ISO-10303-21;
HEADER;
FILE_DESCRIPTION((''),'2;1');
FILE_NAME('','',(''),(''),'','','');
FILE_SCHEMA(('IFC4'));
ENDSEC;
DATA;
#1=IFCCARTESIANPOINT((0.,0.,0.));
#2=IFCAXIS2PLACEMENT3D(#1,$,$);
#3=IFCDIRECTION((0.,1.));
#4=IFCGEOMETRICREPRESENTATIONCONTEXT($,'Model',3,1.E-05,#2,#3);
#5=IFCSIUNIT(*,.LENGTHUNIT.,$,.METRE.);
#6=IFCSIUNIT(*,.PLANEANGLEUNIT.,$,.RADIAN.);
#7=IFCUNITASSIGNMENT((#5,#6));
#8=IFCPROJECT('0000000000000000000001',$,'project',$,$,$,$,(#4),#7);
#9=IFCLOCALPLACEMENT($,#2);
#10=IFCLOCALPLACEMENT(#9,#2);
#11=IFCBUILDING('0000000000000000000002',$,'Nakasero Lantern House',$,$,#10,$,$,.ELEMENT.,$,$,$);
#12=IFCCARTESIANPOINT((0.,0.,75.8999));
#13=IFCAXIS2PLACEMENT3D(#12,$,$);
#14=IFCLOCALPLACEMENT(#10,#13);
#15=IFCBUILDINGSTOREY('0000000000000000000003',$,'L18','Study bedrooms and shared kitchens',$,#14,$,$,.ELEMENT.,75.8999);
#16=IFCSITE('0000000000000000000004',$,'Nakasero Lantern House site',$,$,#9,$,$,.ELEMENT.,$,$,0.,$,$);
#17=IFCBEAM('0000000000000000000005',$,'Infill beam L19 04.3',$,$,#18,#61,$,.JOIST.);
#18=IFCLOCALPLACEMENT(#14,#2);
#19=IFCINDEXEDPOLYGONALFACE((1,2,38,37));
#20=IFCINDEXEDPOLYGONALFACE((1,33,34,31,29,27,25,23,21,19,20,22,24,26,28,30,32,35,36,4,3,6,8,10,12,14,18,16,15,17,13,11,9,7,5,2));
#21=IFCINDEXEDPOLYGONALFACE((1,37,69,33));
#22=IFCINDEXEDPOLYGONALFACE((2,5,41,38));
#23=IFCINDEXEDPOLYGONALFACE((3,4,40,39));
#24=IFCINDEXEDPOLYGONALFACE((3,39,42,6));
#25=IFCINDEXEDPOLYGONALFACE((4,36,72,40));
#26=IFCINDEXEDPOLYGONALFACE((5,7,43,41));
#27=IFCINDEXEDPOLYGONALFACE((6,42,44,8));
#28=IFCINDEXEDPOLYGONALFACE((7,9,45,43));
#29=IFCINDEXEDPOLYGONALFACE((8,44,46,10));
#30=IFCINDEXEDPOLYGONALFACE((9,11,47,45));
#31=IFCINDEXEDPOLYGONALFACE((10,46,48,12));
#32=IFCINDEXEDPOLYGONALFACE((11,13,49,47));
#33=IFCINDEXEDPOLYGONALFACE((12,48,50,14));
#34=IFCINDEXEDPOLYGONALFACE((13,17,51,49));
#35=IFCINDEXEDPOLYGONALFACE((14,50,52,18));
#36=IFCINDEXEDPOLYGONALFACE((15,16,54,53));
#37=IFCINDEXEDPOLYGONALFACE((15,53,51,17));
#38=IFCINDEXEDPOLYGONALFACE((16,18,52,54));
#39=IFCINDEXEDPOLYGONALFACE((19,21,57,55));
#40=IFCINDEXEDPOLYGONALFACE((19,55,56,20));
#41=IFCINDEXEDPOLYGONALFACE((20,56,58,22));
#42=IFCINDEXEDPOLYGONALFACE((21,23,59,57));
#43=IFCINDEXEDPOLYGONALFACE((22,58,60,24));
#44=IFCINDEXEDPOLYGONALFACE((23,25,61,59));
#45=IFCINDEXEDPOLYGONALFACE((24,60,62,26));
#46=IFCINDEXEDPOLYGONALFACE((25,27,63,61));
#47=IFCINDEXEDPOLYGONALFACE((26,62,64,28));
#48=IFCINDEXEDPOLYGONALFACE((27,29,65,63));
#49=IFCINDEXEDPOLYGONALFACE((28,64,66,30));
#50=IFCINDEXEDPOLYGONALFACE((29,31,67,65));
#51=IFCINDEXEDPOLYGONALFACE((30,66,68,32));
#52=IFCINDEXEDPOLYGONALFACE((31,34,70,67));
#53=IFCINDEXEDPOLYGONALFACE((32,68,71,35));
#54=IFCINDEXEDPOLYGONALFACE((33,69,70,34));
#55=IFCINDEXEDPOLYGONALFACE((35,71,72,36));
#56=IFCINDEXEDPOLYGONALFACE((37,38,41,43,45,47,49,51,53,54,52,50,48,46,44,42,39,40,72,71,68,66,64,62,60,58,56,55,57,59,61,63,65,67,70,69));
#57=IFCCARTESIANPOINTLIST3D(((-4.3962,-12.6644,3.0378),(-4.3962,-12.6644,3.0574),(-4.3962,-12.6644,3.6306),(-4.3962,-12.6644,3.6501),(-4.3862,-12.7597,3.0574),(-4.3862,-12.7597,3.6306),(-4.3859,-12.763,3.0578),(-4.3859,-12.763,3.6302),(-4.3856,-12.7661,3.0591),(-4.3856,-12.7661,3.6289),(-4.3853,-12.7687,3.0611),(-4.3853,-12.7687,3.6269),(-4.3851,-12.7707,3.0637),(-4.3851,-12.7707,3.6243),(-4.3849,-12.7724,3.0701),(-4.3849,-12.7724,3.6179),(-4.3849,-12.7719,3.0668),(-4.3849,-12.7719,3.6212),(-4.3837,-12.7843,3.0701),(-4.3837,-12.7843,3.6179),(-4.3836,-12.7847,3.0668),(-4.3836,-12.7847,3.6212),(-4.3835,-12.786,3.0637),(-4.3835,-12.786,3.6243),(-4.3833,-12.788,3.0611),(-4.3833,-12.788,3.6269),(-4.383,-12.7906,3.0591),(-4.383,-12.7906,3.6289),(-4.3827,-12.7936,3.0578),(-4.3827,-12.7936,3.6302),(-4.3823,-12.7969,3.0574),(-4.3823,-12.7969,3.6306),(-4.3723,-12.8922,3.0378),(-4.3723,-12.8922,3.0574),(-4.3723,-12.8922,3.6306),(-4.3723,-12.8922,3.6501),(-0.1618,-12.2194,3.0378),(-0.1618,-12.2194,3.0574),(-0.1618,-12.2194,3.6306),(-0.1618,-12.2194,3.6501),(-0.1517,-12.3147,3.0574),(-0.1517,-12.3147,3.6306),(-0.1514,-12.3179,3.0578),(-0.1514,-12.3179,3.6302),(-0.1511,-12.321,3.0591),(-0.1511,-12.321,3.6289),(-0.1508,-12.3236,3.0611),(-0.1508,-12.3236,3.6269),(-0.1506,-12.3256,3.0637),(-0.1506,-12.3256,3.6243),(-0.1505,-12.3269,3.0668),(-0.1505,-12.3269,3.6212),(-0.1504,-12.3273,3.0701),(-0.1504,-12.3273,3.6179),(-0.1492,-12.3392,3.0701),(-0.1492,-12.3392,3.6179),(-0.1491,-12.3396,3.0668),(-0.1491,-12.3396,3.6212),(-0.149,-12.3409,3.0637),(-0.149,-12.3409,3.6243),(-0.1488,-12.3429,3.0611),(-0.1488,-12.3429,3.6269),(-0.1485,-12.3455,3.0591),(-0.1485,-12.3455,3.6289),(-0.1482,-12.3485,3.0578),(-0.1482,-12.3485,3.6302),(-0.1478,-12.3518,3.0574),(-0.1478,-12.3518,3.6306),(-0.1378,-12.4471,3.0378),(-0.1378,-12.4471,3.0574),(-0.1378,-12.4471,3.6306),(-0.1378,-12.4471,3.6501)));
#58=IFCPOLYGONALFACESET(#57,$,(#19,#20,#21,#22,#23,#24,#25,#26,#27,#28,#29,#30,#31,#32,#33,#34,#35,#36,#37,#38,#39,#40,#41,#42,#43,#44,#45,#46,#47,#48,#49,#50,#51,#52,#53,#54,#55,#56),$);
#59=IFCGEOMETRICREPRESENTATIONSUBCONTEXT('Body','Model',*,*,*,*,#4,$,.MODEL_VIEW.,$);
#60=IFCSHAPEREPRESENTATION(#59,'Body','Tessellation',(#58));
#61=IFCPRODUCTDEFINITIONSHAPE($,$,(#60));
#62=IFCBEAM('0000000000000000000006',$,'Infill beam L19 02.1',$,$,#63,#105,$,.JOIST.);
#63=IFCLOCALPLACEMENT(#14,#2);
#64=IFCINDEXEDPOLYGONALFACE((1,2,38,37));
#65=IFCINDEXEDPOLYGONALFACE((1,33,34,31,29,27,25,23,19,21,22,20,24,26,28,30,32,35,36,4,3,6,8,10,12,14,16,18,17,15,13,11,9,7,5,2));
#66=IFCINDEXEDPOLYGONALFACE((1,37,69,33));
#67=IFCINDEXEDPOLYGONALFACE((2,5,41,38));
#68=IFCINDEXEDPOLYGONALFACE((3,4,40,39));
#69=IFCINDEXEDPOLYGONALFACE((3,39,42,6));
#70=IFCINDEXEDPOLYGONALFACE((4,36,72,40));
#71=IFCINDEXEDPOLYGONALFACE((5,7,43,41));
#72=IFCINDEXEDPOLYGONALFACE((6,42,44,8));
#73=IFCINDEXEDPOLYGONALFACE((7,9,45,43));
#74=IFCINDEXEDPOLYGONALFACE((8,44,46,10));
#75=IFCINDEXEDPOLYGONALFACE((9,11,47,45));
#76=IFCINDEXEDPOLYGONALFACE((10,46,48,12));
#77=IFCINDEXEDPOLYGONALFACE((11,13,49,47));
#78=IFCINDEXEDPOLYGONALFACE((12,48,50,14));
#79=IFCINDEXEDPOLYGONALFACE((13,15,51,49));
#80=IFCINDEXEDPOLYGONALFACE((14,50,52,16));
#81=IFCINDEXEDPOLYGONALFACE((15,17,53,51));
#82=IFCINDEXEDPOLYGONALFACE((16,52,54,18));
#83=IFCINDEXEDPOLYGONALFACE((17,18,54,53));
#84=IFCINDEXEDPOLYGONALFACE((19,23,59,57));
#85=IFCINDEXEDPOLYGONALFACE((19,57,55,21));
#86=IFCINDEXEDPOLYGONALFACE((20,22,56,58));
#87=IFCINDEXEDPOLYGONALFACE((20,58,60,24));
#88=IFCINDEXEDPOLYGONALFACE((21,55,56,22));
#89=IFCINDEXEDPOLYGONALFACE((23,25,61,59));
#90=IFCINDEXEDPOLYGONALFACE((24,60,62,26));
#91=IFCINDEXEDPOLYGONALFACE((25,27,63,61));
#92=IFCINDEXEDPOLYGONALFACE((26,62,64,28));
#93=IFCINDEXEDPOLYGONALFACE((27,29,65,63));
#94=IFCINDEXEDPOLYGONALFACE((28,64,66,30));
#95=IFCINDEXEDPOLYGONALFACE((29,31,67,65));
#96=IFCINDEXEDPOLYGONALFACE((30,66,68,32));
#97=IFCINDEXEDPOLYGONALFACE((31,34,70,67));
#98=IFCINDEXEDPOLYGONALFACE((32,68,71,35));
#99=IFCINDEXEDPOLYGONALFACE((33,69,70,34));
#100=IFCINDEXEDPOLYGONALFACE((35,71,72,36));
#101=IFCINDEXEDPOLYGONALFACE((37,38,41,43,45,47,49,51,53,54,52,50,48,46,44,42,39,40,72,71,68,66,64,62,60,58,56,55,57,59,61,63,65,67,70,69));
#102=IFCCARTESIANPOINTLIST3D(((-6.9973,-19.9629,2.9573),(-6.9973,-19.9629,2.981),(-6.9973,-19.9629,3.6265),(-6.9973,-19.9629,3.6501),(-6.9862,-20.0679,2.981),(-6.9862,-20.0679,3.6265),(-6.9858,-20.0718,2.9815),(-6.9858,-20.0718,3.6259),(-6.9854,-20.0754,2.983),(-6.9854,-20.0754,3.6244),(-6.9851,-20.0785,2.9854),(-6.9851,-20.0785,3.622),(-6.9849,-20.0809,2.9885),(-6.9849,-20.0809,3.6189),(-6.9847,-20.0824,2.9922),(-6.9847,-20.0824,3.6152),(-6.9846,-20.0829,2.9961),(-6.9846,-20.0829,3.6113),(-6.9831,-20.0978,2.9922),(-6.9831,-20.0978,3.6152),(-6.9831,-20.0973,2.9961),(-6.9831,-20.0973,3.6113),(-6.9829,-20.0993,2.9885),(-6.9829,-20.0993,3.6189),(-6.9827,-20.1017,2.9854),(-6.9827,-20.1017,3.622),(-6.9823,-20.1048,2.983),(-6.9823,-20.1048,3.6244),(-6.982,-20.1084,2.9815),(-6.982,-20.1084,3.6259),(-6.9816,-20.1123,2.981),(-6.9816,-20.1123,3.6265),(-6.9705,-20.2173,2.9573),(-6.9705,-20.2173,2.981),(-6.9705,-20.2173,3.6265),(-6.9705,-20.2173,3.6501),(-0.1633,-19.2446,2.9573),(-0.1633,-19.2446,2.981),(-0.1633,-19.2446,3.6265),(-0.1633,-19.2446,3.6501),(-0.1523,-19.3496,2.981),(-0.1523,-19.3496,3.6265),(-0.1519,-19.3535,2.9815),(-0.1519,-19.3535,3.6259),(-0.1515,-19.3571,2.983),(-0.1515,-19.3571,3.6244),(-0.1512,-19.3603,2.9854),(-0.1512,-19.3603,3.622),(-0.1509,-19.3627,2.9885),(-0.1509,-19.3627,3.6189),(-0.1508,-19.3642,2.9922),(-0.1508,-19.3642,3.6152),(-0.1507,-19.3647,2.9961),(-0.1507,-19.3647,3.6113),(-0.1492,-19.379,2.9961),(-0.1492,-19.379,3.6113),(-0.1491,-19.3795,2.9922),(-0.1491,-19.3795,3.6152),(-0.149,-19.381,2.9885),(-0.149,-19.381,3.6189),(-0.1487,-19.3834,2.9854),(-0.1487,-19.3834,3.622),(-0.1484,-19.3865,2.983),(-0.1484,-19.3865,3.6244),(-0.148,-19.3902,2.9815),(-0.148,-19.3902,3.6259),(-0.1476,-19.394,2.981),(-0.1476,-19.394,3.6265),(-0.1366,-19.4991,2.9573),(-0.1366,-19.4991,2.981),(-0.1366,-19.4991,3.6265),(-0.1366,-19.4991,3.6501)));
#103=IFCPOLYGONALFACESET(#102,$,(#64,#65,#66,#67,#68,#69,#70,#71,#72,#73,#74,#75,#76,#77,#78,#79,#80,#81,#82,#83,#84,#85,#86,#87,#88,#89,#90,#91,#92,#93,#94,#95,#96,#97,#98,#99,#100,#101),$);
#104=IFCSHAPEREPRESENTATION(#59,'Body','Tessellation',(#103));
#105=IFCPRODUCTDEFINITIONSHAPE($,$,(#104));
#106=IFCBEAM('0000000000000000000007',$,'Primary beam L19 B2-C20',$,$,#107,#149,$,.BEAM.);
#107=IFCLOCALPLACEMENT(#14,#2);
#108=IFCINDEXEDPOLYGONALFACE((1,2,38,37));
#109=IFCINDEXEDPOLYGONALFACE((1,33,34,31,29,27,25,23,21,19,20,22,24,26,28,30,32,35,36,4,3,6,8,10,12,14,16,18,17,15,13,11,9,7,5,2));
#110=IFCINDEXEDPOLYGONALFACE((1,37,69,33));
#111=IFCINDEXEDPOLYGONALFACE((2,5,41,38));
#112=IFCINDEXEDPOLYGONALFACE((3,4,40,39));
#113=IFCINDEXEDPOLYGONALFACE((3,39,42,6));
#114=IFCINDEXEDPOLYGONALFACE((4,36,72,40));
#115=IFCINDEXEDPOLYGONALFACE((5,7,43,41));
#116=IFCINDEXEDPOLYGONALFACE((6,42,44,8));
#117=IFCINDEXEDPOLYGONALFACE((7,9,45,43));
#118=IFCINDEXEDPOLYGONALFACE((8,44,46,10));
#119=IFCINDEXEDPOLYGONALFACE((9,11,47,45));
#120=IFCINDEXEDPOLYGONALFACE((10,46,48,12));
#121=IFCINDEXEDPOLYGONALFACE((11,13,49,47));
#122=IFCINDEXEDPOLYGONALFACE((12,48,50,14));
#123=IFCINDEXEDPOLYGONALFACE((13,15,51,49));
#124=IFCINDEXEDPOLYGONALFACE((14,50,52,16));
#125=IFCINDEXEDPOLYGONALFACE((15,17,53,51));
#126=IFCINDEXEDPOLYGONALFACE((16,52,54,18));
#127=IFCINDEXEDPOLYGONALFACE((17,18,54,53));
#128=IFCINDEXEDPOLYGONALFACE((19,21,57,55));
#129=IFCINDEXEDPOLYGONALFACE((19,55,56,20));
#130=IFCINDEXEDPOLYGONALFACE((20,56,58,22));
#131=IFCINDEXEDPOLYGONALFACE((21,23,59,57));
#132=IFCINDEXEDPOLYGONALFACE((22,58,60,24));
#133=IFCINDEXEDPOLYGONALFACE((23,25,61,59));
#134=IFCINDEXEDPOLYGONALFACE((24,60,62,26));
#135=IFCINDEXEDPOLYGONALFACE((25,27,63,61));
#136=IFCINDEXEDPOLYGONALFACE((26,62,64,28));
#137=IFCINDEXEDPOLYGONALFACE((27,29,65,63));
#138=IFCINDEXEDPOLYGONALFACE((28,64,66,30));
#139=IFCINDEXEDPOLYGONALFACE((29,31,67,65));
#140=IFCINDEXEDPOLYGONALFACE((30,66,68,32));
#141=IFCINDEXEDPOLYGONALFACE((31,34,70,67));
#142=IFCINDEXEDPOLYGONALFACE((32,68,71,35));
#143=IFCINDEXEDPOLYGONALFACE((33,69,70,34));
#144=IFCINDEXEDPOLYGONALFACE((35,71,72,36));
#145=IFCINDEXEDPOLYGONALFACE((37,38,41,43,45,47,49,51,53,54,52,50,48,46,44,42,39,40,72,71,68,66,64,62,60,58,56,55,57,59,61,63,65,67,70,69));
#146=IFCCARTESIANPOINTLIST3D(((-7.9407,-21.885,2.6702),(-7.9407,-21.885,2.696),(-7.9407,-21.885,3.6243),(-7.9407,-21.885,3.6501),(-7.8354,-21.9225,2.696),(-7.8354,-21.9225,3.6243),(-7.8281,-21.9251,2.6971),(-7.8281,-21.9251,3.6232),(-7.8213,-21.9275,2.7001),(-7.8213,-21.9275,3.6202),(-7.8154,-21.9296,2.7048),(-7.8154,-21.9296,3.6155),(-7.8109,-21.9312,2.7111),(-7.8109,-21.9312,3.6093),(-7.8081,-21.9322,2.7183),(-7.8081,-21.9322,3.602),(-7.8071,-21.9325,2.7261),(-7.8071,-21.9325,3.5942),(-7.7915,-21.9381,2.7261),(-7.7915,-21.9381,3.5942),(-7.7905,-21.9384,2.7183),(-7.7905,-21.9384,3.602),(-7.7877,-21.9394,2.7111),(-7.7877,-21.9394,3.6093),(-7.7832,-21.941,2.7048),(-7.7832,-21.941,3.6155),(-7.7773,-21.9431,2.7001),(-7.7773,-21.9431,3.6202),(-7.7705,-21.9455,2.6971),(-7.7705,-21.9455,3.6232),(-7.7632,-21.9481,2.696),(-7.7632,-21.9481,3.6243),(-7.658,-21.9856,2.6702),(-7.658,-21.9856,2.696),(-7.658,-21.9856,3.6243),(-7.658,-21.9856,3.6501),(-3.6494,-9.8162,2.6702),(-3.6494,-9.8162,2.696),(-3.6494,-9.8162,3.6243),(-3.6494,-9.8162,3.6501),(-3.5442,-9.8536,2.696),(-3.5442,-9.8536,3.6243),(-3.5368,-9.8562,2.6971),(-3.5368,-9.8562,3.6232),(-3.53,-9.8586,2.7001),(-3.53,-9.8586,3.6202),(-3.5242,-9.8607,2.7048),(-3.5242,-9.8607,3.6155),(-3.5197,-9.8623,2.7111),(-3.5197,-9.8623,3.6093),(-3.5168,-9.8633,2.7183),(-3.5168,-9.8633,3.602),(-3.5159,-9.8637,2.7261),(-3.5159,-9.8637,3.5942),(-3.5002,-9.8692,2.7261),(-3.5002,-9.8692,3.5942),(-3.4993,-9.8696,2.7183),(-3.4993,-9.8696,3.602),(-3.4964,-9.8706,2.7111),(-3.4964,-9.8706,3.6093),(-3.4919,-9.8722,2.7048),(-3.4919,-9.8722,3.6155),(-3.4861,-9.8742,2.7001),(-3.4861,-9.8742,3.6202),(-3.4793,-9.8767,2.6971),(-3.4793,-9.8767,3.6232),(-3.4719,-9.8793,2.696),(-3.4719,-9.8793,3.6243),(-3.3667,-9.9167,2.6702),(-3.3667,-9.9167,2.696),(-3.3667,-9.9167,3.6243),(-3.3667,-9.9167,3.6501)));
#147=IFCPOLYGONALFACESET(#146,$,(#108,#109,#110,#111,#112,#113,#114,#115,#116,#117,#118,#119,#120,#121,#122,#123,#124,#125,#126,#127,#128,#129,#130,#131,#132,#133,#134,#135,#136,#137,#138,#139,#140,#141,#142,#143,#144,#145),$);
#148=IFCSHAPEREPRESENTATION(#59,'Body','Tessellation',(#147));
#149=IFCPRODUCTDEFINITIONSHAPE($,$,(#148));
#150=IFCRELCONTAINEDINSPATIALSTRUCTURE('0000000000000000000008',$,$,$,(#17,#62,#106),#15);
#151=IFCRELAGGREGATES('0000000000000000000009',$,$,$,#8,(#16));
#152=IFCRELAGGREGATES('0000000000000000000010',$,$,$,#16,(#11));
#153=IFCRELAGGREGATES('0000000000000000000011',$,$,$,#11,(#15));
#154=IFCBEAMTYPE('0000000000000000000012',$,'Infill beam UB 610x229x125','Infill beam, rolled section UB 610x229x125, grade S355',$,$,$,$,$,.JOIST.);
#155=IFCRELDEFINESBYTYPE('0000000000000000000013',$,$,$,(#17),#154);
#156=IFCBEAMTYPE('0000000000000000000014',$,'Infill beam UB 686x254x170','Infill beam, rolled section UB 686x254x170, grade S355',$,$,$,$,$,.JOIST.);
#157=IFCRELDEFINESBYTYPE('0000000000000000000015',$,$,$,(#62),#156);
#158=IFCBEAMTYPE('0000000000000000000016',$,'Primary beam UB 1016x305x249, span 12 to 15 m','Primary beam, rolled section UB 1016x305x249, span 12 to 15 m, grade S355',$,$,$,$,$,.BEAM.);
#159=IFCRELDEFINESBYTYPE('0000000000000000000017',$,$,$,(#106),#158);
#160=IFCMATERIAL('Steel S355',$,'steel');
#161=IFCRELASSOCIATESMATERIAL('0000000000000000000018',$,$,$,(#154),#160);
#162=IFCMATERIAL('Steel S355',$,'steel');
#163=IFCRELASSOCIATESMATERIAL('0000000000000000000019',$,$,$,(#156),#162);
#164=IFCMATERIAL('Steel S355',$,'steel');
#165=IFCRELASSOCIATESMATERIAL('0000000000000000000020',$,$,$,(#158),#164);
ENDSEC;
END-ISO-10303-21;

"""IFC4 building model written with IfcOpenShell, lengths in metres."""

from ifc_helpers import new_model, si_unit, direction, frame, origin, origin_2d, place, context, subcontext, project, spatial, i_section, extrude, material, material_profile, profile_set, type_object, element, save


model = new_model("IFC4")

# Units and contexts
model_context = context("Model", 3, precision=1e-05, world=origin(), true_north=direction((0.0, 1.0)))
body_context = subcontext(model_context, "Body", "Model", "MODEL_VIEW")
ifc_project = project(units=[si_unit("LENGTHUNIT", "METRE"), si_unit("PLANEANGLEUNIT", "RADIAN")], contexts=[model_context])

# Site, building, storey
site_placement = place(None, origin())
site = spatial("IfcSite", under=ifc_project, at=site_placement, Name="Nakasero Lantern House site", CompositionType="ELEMENT", RefElevation=0.0)
building_placement = place(site_placement, origin())
building = spatial("IfcBuilding", under=site, at=building_placement, Name="Nakasero Lantern House", CompositionType="ELEMENT")
storey_placement = place(building_placement, frame((0.0, 0.0, 75.8999)))
storey = spatial("IfcBuildingStorey", under=building, at=storey_placement, Name="L18", Description="Study bedrooms and shared kitchens", CompositionType="ELEMENT", Elevation=75.8999)

# Beams
ifc_material_1 = material(Name="Steel S355", Category="steel")
ifc_material_profile_1 = material_profile(ifc_material_1, i_section(OverallWidth=0.229, OverallDepth=0.6123, WebThickness=0.012, FlangeThickness=0.0195, FilletRadius=0.0127, at=origin_2d()), Name="UB 610x229x125")
ifc_profile_set_1 = profile_set([ifc_material_profile_1], Name="Steel S355")
beam_type_1 = type_object("IfcBeamType", Name="Infill beam UB 610x229x125", Description="Infill beam, rolled section UB 610x229x125, grade S355", PredefinedType="JOIST", material=ifc_profile_set_1)
beam_1_placement = place(storey_placement, frame((-4.3843, -12.7783, 3.344), z_axis=(0.994521, 0.104533, 0.0), x_axis=(-0.104533, 0.994521, 0.0)))
element("IfcBeam", 1, at=beam_1_placement, inside=storey, type_object=beam_type_1, Name="Infill beam L19 04.3", PredefinedType="JOIST", context=body_context, shape_type="SweptSolid", body=[
    extrude(i_section(OverallWidth=0.229, OverallDepth=0.6123, WebThickness=0.012, FlangeThickness=0.0195, FilletRadius=0.0127, at=origin_2d()), origin(), (0.0, 0.0, 1.0), 4.2578),
])
ifc_material_2 = material(Name="Steel S355", Category="steel")
ifc_material_profile_2 = material_profile(ifc_material_2, i_section(OverallWidth=0.2559, OverallDepth=0.6929, WebThickness=0.0144, FlangeThickness=0.0237, FilletRadius=0.0151, at=origin_2d()), Name="UB 686x254x170")
ifc_profile_set_2 = profile_set([ifc_material_profile_2], Name="Steel S355")
beam_type_2 = type_object("IfcBeamType", Name="Infill beam UB 686x254x170", Description="Infill beam, rolled section UB 686x254x170, grade S355", PredefinedType="JOIST", material=ifc_profile_set_2)
beam_2_placement = place(storey_placement, frame((-6.9839, -20.0901, 3.3037), z_axis=(0.994522, 0.104526, 0.0), x_axis=(-0.104526, 0.994522, 0.0)))
element("IfcBeam", 2, at=beam_2_placement, inside=storey, type_object=beam_type_2, Name="Infill beam L19 02.1", PredefinedType="JOIST", context=body_context, shape_type="SweptSolid", body=[
    extrude(i_section(OverallWidth=0.2559, OverallDepth=0.6929, WebThickness=0.0144, FlangeThickness=0.0237, FilletRadius=0.0151, at=origin_2d()), origin(), (0.0, 0.0, 1.0), 6.8716),
])
ifc_material_3 = material(Name="Steel S355", Category="steel")
ifc_material_profile_3 = material_profile(ifc_material_3, i_section(OverallWidth=0.3, OverallDepth=0.98, WebThickness=0.0166, FlangeThickness=0.0259, FilletRadius=0.03, at=origin_2d()), Name="UB 1016x305x249")
ifc_profile_set_3 = profile_set([ifc_material_profile_3], Name="Steel S355")
beam_type_3 = type_object("IfcBeamType", Name="Primary beam UB 1016x305x249, span 12 to 15 m", Description="Primary beam, rolled section UB 1016x305x249, span 12 to 15 m, grade S355", PredefinedType="BEAM", material=ifc_profile_set_3)
beam_3_placement = place(storey_placement, frame((-7.7993, -21.9353, 3.1602), z_axis=(0.335018, 0.942212, 0.0), x_axis=(-0.942212, 0.335018, 0.0)))
element("IfcBeam", 3, at=beam_3_placement, inside=storey, type_object=beam_type_3, Name="Primary beam L19 B2-C20", PredefinedType="BEAM", context=body_context, shape_type="SweptSolid", body=[
    extrude(i_section(OverallWidth=0.3, OverallDepth=0.98, WebThickness=0.0166, FlangeThickness=0.0259, FilletRadius=0.03, at=origin_2d()), origin(), (0.0, 0.0, 1.0), 12.8091),
])

save(model, "model.ifc")
